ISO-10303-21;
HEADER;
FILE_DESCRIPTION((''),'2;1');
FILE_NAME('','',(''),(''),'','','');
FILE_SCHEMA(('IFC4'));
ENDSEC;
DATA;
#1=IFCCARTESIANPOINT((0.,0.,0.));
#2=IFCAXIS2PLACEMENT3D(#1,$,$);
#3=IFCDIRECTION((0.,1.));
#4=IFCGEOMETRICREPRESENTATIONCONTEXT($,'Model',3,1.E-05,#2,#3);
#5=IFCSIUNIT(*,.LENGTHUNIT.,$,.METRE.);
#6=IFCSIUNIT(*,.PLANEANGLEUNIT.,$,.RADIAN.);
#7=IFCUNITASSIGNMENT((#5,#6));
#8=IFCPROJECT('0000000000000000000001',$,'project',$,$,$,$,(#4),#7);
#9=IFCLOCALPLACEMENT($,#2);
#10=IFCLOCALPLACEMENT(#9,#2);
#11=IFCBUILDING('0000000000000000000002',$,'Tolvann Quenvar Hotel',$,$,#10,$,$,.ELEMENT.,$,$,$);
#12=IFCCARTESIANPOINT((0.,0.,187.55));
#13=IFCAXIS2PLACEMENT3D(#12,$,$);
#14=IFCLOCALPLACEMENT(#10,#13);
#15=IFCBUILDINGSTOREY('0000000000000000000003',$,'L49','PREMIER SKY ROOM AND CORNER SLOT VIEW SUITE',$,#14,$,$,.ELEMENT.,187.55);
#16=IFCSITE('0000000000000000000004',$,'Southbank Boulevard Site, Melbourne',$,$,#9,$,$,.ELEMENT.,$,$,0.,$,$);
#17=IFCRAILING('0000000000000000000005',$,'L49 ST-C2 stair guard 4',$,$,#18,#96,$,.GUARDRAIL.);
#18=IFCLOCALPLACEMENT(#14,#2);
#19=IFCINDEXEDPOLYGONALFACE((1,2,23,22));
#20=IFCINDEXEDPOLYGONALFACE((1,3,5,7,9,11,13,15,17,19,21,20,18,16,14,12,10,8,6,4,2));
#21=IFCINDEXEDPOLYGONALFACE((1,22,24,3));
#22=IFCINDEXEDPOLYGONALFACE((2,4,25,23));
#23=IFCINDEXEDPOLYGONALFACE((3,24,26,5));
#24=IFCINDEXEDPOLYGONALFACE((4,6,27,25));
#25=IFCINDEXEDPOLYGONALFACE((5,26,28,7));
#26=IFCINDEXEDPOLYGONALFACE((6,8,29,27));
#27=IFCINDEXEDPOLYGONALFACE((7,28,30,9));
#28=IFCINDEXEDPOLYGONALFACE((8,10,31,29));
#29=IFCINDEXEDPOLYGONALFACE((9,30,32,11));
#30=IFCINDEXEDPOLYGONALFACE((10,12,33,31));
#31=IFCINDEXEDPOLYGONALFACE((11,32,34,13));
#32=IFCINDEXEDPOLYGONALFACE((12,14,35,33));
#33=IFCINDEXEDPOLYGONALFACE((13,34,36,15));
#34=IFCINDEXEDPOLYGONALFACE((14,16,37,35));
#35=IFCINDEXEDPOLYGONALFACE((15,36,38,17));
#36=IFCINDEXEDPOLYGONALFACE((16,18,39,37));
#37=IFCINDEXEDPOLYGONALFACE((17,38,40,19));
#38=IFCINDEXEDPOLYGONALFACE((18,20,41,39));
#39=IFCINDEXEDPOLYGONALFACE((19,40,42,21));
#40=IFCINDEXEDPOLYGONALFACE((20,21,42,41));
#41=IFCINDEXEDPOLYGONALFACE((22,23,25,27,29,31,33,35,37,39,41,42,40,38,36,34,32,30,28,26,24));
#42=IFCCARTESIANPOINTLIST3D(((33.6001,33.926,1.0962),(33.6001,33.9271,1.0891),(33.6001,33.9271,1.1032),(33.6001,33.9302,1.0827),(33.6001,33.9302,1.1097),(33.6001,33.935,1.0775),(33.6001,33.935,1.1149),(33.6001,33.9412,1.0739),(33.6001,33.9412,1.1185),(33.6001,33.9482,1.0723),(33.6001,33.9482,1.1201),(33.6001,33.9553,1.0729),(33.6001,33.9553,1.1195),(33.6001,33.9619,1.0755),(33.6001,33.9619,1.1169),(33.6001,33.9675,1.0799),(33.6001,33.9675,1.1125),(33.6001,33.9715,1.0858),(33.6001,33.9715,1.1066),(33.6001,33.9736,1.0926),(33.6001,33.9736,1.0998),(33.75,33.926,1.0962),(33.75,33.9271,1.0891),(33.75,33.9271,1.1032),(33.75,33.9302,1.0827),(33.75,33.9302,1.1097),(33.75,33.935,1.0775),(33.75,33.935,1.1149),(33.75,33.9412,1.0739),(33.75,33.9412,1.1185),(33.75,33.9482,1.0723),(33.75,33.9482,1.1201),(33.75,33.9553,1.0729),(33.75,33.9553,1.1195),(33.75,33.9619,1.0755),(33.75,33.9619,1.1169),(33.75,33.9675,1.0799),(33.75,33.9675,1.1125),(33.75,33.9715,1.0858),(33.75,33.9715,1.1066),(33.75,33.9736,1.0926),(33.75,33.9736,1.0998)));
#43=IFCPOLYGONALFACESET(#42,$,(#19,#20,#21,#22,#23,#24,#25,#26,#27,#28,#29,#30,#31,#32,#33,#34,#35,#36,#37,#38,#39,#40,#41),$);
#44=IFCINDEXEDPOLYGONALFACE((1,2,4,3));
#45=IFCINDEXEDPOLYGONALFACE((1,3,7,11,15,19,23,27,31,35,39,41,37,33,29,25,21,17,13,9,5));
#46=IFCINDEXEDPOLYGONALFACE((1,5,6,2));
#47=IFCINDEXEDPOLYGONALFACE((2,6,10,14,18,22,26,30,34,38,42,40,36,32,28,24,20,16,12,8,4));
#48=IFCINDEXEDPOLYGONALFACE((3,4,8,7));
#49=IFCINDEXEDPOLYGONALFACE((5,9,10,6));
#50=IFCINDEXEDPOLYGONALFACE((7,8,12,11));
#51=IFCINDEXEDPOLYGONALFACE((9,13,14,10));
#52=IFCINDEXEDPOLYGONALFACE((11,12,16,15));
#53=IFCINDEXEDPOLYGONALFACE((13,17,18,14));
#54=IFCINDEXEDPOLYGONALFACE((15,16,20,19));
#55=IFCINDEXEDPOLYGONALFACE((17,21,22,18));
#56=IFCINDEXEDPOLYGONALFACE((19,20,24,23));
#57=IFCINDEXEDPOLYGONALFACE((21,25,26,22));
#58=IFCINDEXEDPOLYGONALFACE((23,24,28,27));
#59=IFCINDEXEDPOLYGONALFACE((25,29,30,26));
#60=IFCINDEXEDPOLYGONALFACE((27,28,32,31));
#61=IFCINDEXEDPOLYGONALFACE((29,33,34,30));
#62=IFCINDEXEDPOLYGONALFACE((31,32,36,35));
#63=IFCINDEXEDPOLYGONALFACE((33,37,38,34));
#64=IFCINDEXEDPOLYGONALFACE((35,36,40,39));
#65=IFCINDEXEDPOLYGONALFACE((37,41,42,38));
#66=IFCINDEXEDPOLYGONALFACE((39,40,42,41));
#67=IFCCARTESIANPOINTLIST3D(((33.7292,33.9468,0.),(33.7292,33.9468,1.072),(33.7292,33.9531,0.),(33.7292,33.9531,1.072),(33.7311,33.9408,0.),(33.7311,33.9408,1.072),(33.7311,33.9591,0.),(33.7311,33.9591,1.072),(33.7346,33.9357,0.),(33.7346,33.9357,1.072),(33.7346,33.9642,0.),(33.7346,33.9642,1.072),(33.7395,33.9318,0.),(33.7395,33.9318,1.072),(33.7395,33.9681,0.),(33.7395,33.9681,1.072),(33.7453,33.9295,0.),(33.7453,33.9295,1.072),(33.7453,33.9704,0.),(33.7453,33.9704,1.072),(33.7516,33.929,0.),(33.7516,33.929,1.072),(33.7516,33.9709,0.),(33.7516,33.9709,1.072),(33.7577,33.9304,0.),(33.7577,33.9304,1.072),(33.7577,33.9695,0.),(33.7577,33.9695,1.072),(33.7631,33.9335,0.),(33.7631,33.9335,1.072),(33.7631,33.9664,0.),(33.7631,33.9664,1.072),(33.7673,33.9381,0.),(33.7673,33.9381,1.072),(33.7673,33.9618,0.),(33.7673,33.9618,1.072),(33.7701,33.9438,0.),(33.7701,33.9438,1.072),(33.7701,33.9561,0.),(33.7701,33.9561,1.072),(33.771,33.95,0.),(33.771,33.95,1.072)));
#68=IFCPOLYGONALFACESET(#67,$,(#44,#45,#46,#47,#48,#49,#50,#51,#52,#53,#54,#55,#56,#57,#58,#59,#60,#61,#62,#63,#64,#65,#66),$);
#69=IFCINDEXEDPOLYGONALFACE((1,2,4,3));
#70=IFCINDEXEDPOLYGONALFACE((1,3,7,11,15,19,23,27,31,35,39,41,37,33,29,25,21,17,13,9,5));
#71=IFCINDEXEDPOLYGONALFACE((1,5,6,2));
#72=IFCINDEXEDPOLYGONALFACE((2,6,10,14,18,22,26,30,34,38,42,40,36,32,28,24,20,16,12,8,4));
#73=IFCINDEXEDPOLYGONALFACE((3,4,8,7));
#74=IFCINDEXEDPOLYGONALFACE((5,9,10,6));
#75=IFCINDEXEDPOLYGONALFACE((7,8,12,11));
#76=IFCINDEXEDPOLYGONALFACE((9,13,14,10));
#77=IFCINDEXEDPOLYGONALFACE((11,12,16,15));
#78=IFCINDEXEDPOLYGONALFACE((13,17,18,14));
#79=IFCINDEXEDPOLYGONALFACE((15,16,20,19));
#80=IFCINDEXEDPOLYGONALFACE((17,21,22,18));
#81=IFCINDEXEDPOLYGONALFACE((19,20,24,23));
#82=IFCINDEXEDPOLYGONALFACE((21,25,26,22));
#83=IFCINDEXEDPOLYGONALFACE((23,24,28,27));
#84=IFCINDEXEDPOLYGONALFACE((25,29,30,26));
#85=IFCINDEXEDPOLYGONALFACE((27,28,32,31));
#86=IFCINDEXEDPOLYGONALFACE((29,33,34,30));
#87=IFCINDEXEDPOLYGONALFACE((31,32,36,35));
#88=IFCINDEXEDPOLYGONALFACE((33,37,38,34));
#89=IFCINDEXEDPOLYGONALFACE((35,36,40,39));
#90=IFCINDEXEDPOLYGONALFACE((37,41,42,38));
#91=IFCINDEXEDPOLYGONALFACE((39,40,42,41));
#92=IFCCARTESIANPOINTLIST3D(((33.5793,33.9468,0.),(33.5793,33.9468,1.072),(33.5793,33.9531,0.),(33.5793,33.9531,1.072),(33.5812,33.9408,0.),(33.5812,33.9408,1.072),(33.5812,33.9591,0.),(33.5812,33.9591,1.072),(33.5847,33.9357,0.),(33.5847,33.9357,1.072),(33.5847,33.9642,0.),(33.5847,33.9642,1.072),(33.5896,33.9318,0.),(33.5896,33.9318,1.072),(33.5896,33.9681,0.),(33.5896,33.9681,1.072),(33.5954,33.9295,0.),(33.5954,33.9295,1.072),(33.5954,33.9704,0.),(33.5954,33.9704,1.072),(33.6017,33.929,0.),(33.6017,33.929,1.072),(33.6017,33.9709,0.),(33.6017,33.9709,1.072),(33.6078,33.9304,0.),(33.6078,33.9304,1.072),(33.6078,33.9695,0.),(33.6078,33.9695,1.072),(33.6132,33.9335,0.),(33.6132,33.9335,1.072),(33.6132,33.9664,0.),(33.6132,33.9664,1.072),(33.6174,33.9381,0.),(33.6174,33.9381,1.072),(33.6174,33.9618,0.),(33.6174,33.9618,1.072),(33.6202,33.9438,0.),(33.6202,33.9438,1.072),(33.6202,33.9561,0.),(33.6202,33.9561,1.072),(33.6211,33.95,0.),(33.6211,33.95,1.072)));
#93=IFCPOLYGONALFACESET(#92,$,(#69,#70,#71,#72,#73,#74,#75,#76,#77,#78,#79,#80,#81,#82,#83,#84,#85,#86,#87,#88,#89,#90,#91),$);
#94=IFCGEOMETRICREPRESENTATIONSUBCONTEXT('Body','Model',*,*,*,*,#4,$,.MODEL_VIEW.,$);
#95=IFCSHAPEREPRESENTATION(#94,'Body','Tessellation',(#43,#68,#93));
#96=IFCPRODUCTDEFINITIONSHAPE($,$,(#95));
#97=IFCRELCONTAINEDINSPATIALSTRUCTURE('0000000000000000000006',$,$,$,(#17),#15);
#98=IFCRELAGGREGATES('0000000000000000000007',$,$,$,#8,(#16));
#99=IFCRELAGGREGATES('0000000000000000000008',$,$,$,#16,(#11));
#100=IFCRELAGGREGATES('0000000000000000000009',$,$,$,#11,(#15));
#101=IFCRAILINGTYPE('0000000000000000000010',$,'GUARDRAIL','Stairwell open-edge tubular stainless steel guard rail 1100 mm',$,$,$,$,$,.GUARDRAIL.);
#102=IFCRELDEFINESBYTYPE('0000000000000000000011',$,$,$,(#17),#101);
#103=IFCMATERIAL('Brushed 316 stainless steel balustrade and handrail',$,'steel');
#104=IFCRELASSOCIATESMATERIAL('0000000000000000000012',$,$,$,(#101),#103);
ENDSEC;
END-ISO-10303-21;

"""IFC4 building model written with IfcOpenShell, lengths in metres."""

from ifc_helpers import new_model, si_unit, direction, frame, origin, origin_2d, place, context, subcontext, project, spatial, circle, extrude, material, type_object, element, save


model = new_model("IFC4")

# Units and contexts
model_context = context("Model", 3, precision=1e-05, world=origin(), true_north=direction((0.0, 1.0)))
body_context = subcontext(model_context, "Body", "Model", "MODEL_VIEW")
ifc_project = project(units=[si_unit("LENGTHUNIT", "METRE"), si_unit("PLANEANGLEUNIT", "RADIAN")], contexts=[model_context])

# Site, building, storey
site_placement = place(None, origin())
site = spatial("IfcSite", under=ifc_project, at=site_placement, Name="Southbank Boulevard Site, Melbourne", CompositionType="ELEMENT", RefElevation=0.0)
building_placement = place(site_placement, origin())
building = spatial("IfcBuilding", under=site, at=building_placement, Name="Tolvann Quenvar Hotel", CompositionType="ELEMENT")
storey_placement = place(building_placement, frame((0.0, 0.0, 187.55)))
storey = spatial("IfcBuildingStorey", under=building, at=storey_placement, Name="L49", Description="PREMIER SKY ROOM AND CORNER SLOT VIEW SUITE", CompositionType="ELEMENT", Elevation=187.55)

# Railing
ifc_material_1 = material(Name="Brushed 316 stainless steel balustrade and handrail", Category="steel")
railing_type_1 = type_object("IfcRailingType", Name="GUARDRAIL", Description="Stairwell open-edge tubular stainless steel guard rail 1100 mm", PredefinedType="GUARDRAIL", material=ifc_material_1)
railing_1_placement = place(storey_placement, frame((33.75, 33.95, 0.0)))
element("IfcRailing", 1, at=railing_1_placement, inside=storey, type_object=railing_type_1, Name="L49 ST-C2 stair guard 4", PredefinedType="GUARDRAIL", context=body_context, shape_type="SweptSolid", body=[
    extrude(circle(Radius=0.0239, at=origin_2d()), frame((0.0, 0.0, 1.0962), z_axis=(-1.0, 0.0, 0.0), x_axis=(0.0, -1.0, 0.0)), (0.0, 0.0, 1.0), 0.1499),
    extrude(circle(Radius=0.021, at=origin_2d()), origin(), (0.0, 0.0, 1.0), 1.072),
    extrude(circle(Radius=0.021, at=origin_2d()), frame((-0.1499, 0.0, 0.0)), (0.0, 0.0, 1.0), 1.072),
])

save(model, "model.ifc")
